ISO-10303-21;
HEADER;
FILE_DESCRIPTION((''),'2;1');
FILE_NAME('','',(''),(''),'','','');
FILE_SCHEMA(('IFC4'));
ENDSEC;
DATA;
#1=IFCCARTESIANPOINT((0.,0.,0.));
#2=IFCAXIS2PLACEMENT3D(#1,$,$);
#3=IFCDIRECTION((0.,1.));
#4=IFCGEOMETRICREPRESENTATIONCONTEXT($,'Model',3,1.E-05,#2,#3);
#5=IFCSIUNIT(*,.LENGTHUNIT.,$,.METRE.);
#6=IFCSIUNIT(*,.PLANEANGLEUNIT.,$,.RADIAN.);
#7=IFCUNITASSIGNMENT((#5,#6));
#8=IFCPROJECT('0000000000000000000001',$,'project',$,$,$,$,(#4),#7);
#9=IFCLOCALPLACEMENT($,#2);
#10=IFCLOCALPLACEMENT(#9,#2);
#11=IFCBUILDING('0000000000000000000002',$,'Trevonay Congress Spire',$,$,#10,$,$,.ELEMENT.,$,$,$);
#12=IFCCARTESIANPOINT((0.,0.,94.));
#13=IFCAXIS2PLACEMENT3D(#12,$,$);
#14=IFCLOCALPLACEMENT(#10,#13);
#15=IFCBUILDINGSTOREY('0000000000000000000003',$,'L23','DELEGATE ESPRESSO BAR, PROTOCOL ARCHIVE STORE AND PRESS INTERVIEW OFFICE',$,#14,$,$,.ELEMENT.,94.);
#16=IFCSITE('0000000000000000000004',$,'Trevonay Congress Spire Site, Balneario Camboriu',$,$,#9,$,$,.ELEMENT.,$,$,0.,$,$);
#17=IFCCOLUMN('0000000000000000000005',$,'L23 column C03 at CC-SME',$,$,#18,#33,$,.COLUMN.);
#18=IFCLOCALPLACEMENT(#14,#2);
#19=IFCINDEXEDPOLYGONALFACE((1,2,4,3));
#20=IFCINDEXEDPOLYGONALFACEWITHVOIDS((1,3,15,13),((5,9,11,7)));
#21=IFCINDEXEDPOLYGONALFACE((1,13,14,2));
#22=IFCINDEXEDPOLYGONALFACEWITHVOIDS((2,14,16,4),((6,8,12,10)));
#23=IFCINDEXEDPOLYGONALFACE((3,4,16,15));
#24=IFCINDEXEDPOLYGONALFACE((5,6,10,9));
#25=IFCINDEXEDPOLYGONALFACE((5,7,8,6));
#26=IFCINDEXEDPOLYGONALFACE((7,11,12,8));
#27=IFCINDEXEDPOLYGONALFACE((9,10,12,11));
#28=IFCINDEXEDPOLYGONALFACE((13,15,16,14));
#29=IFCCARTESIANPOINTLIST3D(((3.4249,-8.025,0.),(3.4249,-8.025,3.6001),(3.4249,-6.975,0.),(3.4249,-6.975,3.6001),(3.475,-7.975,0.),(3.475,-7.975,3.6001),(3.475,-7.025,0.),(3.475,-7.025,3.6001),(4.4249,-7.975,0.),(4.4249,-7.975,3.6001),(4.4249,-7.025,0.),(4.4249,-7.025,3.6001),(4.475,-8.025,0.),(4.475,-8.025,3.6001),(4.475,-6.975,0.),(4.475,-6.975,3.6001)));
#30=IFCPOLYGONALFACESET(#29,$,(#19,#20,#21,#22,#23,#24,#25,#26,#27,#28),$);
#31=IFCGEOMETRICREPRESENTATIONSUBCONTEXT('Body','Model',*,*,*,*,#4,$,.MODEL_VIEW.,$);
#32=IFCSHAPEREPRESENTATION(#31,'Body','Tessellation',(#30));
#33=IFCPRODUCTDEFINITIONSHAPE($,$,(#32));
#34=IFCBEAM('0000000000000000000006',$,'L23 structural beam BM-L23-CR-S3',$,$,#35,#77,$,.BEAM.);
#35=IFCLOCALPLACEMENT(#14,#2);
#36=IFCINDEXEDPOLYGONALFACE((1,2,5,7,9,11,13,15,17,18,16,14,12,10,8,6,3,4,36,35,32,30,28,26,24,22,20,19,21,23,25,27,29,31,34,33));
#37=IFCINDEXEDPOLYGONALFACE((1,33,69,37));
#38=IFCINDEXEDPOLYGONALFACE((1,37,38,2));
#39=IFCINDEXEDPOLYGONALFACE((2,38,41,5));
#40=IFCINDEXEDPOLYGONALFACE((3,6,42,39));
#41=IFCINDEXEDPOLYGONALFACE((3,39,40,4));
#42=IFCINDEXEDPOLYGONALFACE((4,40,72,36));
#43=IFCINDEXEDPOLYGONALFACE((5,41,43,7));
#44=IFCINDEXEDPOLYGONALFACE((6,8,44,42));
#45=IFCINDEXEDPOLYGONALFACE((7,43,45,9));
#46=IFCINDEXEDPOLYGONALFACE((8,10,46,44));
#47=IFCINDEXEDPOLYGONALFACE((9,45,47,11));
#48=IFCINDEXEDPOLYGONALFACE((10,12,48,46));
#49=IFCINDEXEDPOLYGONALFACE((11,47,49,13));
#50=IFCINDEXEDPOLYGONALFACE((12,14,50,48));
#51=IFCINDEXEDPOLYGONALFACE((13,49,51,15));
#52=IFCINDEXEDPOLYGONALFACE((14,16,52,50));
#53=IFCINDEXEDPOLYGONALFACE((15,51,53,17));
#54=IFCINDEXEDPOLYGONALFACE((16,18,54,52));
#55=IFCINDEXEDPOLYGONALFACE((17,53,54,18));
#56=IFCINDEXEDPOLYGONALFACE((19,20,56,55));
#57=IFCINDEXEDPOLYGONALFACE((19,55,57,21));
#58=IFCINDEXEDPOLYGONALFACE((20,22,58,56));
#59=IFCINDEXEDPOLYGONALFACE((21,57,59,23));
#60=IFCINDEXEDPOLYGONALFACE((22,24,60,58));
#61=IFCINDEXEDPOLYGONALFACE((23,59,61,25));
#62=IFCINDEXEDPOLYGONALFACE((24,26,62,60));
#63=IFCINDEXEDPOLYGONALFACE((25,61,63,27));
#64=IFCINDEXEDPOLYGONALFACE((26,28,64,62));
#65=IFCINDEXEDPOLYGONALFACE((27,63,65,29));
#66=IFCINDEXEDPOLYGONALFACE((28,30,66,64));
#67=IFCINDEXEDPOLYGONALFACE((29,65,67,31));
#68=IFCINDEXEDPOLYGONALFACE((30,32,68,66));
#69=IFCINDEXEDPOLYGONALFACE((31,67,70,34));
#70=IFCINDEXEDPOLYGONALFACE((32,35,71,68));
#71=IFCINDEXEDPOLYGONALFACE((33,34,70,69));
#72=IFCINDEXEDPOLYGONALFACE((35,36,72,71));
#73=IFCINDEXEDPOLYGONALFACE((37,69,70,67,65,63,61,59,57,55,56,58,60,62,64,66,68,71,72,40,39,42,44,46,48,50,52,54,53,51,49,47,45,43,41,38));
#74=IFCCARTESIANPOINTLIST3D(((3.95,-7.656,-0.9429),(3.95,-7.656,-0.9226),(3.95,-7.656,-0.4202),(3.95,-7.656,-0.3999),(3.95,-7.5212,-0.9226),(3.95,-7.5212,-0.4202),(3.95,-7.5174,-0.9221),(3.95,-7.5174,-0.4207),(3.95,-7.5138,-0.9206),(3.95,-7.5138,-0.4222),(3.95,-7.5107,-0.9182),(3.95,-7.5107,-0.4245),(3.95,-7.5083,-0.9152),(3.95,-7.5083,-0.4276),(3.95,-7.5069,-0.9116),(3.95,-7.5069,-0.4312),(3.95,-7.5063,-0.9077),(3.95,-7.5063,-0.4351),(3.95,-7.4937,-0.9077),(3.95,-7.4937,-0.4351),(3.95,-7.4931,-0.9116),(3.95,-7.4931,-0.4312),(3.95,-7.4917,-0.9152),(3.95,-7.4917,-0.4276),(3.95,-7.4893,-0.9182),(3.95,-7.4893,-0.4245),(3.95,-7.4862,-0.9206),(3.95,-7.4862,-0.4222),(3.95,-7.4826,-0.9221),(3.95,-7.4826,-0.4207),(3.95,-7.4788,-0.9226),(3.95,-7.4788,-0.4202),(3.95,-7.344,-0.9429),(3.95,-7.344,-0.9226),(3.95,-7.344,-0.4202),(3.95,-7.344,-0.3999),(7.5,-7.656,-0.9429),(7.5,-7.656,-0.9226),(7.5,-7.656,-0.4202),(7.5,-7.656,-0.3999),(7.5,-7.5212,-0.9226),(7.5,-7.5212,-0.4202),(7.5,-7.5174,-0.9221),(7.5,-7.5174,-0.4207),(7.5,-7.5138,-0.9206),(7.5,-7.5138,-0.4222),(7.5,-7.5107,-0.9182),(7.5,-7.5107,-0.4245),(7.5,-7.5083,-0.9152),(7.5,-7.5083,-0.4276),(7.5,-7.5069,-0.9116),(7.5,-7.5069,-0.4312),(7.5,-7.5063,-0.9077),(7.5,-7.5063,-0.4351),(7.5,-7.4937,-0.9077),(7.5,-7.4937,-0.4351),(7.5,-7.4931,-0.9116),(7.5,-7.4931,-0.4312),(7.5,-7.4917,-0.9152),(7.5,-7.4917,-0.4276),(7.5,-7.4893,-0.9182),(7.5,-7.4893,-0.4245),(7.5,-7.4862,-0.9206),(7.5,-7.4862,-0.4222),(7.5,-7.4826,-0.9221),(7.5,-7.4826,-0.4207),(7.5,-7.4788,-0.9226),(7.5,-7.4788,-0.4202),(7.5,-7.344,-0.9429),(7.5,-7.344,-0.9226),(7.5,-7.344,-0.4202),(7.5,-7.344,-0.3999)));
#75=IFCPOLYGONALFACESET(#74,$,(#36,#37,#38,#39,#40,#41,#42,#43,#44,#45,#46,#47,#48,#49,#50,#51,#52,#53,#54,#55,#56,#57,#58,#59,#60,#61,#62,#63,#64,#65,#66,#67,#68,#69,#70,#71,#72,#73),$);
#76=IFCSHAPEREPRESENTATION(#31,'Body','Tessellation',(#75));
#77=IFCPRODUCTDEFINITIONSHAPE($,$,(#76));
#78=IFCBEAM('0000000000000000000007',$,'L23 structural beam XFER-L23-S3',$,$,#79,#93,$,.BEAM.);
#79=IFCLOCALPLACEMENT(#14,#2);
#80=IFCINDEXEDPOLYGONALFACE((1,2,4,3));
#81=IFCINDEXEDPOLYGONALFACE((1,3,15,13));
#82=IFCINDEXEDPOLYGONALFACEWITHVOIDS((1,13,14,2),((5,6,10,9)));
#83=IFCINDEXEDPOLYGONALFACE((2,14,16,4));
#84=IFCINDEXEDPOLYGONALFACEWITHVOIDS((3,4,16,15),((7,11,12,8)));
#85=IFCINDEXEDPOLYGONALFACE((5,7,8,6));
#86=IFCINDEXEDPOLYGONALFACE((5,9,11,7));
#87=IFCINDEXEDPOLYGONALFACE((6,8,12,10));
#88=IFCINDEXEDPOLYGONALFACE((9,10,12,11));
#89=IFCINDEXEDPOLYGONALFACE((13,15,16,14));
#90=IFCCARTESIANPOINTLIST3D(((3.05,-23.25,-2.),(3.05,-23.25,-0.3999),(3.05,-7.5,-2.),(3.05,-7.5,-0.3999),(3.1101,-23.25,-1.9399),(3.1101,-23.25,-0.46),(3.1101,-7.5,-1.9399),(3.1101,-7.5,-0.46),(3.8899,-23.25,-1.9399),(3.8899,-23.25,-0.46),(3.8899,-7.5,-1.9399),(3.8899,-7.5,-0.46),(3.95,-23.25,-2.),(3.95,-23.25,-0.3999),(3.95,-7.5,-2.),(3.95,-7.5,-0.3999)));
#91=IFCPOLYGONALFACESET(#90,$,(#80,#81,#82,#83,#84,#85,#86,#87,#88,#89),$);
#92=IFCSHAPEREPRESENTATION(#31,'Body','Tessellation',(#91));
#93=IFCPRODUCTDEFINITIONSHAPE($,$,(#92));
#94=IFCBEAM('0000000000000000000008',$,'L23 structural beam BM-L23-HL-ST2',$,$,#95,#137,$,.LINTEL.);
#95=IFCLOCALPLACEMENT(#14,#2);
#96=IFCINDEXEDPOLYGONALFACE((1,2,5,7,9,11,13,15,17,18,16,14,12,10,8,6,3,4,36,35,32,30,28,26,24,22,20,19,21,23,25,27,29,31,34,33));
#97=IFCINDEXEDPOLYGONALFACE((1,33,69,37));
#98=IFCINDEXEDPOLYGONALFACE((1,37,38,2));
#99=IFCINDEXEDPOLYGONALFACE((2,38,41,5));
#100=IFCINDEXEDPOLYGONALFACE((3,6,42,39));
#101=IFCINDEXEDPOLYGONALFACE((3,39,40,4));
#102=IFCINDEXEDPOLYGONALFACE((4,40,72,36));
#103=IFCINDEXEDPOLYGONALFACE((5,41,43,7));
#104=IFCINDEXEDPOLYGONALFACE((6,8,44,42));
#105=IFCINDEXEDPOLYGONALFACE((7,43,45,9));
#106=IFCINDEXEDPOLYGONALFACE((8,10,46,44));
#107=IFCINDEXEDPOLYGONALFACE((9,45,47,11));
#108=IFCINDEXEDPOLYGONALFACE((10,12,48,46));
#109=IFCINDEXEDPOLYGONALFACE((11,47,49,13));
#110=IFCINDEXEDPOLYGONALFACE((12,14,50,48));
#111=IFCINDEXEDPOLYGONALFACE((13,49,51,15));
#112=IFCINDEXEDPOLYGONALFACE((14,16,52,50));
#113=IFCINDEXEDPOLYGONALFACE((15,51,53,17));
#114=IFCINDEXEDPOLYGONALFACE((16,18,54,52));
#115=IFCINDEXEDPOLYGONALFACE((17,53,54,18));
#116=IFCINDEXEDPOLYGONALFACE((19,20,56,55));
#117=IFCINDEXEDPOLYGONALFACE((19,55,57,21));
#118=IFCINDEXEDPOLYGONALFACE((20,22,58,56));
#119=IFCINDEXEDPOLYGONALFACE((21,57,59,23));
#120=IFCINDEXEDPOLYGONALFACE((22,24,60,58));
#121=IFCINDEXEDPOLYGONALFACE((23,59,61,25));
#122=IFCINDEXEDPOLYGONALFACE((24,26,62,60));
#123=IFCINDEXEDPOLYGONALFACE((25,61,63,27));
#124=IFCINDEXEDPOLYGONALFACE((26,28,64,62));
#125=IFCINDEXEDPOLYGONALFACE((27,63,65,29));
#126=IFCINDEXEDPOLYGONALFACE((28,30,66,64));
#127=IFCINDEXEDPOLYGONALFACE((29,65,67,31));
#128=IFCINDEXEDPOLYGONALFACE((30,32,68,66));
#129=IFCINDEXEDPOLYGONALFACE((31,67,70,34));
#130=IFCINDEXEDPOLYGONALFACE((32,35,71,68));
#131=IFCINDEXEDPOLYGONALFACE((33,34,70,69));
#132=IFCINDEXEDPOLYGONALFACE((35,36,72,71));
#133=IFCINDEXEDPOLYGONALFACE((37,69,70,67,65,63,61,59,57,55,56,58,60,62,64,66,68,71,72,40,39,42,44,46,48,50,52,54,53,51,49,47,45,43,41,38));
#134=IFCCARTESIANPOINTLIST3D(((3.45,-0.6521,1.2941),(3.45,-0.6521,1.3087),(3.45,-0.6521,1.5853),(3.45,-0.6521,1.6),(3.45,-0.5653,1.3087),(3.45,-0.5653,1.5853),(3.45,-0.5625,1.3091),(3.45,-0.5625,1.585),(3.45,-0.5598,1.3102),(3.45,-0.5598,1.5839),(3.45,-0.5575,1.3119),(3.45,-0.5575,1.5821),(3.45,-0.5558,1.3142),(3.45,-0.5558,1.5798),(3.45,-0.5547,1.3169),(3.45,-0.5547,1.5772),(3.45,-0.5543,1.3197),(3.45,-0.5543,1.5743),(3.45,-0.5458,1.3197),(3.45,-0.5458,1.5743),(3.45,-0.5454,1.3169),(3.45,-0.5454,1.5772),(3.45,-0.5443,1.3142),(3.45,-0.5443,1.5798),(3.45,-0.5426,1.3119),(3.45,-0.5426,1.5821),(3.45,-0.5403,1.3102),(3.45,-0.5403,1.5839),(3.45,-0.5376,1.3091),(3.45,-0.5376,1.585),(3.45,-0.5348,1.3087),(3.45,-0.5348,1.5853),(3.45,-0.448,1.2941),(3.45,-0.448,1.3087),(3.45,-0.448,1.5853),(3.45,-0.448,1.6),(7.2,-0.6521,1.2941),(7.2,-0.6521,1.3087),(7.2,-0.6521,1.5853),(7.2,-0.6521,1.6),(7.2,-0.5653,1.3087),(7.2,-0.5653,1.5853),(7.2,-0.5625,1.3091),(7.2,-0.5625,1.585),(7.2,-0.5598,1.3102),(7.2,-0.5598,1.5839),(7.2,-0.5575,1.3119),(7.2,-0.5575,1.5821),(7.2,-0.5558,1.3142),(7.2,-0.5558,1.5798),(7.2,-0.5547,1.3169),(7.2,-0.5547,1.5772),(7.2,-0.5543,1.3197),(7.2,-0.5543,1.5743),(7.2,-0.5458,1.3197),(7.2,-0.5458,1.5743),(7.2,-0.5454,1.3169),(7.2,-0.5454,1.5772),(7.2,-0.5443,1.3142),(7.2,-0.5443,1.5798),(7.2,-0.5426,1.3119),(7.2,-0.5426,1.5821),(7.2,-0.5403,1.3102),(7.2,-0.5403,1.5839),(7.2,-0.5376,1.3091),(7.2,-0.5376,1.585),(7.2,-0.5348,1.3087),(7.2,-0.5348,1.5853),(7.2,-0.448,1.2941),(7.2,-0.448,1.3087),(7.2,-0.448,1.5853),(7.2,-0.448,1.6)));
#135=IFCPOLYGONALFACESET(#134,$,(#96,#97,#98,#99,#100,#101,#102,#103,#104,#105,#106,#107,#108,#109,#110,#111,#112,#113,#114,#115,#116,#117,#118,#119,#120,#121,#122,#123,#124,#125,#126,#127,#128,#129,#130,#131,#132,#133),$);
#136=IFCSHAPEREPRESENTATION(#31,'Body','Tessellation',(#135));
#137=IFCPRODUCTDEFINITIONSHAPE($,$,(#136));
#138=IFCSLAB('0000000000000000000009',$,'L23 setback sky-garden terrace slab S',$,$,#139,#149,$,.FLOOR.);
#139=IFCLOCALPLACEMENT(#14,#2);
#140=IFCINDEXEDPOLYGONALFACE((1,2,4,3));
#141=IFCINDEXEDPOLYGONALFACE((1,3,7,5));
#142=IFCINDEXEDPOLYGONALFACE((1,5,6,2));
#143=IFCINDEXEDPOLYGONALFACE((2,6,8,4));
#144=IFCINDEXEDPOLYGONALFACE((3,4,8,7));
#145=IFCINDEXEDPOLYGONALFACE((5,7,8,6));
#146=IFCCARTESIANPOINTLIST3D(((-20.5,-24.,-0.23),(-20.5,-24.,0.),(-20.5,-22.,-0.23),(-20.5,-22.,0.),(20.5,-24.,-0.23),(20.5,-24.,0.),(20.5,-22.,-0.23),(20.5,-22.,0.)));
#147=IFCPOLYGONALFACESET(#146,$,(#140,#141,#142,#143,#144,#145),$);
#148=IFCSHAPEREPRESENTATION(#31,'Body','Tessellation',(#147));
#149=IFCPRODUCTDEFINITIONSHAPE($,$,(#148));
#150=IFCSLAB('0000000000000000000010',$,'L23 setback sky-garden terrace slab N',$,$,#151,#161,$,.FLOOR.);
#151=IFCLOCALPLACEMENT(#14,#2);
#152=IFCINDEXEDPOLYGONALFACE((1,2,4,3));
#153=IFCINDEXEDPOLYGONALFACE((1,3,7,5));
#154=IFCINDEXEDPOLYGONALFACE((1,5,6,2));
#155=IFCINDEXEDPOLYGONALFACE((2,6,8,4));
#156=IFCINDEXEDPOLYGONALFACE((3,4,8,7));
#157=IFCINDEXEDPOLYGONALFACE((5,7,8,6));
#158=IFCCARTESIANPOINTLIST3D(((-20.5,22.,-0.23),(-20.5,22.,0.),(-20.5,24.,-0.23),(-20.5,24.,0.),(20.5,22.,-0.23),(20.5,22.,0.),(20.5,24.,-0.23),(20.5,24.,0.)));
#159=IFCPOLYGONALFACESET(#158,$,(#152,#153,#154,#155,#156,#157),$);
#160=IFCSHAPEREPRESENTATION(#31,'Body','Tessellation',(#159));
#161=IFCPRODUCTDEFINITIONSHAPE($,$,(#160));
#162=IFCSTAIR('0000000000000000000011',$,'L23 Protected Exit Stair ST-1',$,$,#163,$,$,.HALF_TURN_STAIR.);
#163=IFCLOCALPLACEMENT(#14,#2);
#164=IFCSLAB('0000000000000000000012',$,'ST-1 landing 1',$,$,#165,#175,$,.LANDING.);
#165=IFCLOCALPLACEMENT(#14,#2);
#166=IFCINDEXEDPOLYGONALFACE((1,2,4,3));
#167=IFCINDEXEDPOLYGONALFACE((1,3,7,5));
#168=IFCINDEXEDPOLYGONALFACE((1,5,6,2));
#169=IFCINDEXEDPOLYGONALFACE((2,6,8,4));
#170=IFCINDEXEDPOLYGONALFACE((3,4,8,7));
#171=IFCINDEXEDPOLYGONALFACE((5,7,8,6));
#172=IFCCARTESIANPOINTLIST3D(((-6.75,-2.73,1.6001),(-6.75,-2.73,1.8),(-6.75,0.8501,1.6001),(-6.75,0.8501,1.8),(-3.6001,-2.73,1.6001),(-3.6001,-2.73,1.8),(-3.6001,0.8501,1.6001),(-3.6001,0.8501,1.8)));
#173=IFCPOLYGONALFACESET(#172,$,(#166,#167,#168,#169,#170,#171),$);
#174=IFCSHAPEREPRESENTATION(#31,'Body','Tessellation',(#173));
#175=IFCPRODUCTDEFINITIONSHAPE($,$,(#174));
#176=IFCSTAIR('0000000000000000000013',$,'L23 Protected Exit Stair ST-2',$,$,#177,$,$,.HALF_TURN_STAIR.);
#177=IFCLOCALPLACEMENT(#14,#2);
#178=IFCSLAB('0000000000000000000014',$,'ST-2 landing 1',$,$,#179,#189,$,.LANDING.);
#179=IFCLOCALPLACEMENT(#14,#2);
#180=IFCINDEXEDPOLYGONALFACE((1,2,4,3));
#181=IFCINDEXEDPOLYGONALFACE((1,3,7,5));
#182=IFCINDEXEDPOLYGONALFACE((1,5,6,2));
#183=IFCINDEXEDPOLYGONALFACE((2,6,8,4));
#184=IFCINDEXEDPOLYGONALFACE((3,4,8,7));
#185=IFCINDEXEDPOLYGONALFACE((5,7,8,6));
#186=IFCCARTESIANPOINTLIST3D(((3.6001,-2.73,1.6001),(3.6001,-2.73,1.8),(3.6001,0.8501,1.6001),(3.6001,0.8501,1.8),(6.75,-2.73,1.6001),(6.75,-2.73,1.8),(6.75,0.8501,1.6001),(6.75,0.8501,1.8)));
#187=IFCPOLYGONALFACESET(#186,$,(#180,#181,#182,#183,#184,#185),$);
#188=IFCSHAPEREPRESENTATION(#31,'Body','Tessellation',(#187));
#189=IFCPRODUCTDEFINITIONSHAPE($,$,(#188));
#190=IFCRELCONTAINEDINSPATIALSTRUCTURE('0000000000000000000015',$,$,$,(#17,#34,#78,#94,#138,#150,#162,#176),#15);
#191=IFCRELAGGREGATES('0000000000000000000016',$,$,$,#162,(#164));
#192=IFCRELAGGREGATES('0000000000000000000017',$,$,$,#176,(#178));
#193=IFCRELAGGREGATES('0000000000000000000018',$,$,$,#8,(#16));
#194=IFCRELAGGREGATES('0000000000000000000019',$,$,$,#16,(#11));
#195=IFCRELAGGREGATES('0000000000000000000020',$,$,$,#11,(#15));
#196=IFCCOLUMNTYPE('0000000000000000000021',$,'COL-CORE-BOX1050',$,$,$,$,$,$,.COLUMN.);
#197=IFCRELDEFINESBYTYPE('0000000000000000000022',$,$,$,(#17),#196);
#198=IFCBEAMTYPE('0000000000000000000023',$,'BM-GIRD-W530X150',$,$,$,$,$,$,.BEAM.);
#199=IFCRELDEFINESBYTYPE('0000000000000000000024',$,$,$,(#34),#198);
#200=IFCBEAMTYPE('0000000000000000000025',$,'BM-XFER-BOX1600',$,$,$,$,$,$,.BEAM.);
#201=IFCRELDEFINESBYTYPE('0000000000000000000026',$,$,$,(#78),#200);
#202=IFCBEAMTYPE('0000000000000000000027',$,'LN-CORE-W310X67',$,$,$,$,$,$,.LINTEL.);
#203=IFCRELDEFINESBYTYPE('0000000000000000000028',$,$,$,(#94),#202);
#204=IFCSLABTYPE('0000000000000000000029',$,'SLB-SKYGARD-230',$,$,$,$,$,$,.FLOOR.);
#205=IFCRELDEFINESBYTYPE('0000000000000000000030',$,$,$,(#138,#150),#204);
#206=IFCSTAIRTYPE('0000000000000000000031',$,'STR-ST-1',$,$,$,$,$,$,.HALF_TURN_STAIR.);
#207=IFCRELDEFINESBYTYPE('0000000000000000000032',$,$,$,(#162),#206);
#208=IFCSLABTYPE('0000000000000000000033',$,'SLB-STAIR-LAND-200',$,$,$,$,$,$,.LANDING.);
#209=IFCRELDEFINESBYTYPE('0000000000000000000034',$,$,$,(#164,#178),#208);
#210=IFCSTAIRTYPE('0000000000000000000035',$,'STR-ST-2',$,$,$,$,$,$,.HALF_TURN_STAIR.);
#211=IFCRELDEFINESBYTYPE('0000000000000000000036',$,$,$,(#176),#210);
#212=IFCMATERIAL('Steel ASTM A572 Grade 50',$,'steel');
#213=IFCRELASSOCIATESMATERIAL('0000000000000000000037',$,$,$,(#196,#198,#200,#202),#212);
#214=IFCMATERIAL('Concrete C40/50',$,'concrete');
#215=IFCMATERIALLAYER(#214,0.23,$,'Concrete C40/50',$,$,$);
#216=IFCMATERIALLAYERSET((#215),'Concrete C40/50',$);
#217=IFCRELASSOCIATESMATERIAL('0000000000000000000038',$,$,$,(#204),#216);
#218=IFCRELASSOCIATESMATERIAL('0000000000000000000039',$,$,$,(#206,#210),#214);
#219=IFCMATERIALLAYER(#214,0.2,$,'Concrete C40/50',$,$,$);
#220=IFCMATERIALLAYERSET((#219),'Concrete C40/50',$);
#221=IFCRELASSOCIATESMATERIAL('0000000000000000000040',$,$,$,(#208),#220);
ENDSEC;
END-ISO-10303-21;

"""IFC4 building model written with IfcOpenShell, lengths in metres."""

from ifc_helpers import new_model, si_unit, direction, frame, origin, origin_2d, place, context, subcontext, project, spatial, polyline, hollow_rectangle, i_section, outline, extrude, material, layer, layer_set, material_profile, profile_set, type_object, element, aggregate, save


model = new_model("IFC4")

# Units and contexts
model_context = context("Model", 3, precision=1e-05, world=origin(), true_north=direction((0.0, 1.0)))
body_context = subcontext(model_context, "Body", "Model", "MODEL_VIEW")
ifc_project = project(units=[si_unit("LENGTHUNIT", "METRE"), si_unit("PLANEANGLEUNIT", "RADIAN")], contexts=[model_context])

# Site, building, storey
site_placement = place(None, origin())
site = spatial("IfcSite", under=ifc_project, at=site_placement, Name="Trevonay Congress Spire Site, Balneario Camboriu", CompositionType="ELEMENT", RefElevation=0.0)
building_placement = place(site_placement, origin())
building = spatial("IfcBuilding", under=site, at=building_placement, Name="Trevonay Congress Spire", CompositionType="ELEMENT")
storey_placement = place(building_placement, frame((0.0, 0.0, 94.0)))
storey = spatial("IfcBuildingStorey", under=building, at=storey_placement, Name="L23", Description="DELEGATE ESPRESSO BAR, PROTOCOL ARCHIVE STORE AND PRESS INTERVIEW OFFICE", CompositionType="ELEMENT", Elevation=94.0)

# Column
ifc_material_1 = material(Name="Steel ASTM A572 Grade 50", Category="steel")
ifc_material_profile_1 = material_profile(ifc_material_1, hollow_rectangle(XDim=1.05, YDim=1.05, WallThickness=0.05, at=origin_2d()), Name="BOX 1050x1050x50")
ifc_profile_set_1 = profile_set([ifc_material_profile_1], Name="Steel ASTM A572 Grade 50")
column_type = type_object("IfcColumnType", Name="COL-CORE-BOX1050", PredefinedType="COLUMN", material=ifc_profile_set_1)
column_placement = place(storey_placement, frame((3.95, -7.5, 0.0), z_axis=(0.0, 0.0, 1.0), x_axis=(1.0, 0.0, 0.0)))
element("IfcColumn", 1, at=column_placement, inside=storey, type_object=column_type, Name="L23 column C03 at CC-SME", PredefinedType="COLUMN", context=body_context, shape_type="SweptSolid", body=[
    extrude(hollow_rectangle(XDim=1.05, YDim=1.05, WallThickness=0.05, at=origin_2d()), origin(), (0.0, 0.0, 1.0), 3.6001),
])

# Beams
ifc_material_profile_2 = material_profile(ifc_material_1, i_section(OverallWidth=0.312, OverallDepth=0.543, WebThickness=0.0127, FlangeThickness=0.0203, FilletRadius=0.0149, at=origin_2d()), Name="W530x150")
ifc_profile_set_2 = profile_set([ifc_material_profile_2], Name="Steel ASTM A572 Grade 50")
beam_type_1 = type_object("IfcBeamType", Name="BM-GIRD-W530X150", PredefinedType="BEAM", material=ifc_profile_set_2)
beam_1_placement = place(storey_placement, frame((3.95, -7.5, -0.6714), z_axis=(1.0, 0.0, 0.0), x_axis=(0.0, 1.0, 0.0)))
element("IfcBeam", 2, at=beam_1_placement, inside=storey, type_object=beam_type_1, Name="L23 structural beam BM-L23-CR-S3", PredefinedType="BEAM", context=body_context, shape_type="SweptSolid", body=[
    extrude(i_section(OverallWidth=0.312, OverallDepth=0.543, WebThickness=0.0127, FlangeThickness=0.0203, FilletRadius=0.0149, at=origin_2d()), origin(), (0.0, 0.0, 1.0), 3.55),
])
ifc_material_profile_3 = material_profile(ifc_material_1, hollow_rectangle(XDim=0.8999, YDim=1.6001, WallThickness=0.0601, at=origin_2d()), Name="BOX 1600x900x60")
ifc_profile_set_3 = profile_set([ifc_material_profile_3], Name="Steel ASTM A572 Grade 50")
beam_type_2 = type_object("IfcBeamType", Name="BM-XFER-BOX1600", PredefinedType="BEAM", material=ifc_profile_set_3)
beam_2_placement = place(storey_placement, frame((3.5, -7.5, -1.2), z_axis=(0.0, -1.0, 0.0), x_axis=(1.0, 0.0, 0.0)))
element("IfcBeam", 3, at=beam_2_placement, inside=storey, type_object=beam_type_2, Name="L23 structural beam XFER-L23-S3", PredefinedType="BEAM", context=body_context, shape_type="SweptSolid", body=[
    extrude(hollow_rectangle(XDim=0.8999, YDim=1.6001, WallThickness=0.0601, at=origin_2d()), origin(), (0.0, 0.0, 1.0), 15.75),
])
ifc_material_profile_4 = material_profile(ifc_material_1, i_section(OverallWidth=0.2041, OverallDepth=0.3059, WebThickness=0.0085, FlangeThickness=0.0146, FilletRadius=0.011, at=origin_2d()), Name="W310x67")
ifc_profile_set_4 = profile_set([ifc_material_profile_4], Name="Steel ASTM A572 Grade 50")
beam_type_3 = type_object("IfcBeamType", Name="LN-CORE-W310X67", PredefinedType="LINTEL", material=ifc_profile_set_4)
beam_3_placement = place(storey_placement, frame((3.45, -0.55, 1.447), z_axis=(1.0, 0.0, 0.0), x_axis=(0.0, 1.0, 0.0)))
element("IfcBeam", 4, at=beam_3_placement, inside=storey, type_object=beam_type_3, Name="L23 structural beam BM-L23-HL-ST2", PredefinedType="LINTEL", context=body_context, shape_type="SweptSolid", body=[
    extrude(i_section(OverallWidth=0.2041, OverallDepth=0.3059, WebThickness=0.0085, FlangeThickness=0.0146, FilletRadius=0.011, at=origin_2d()), origin(), (0.0, 0.0, 1.0), 3.75),
])

# Slabs
ifc_material_2 = material(Name="Concrete C40/50", Category="concrete")
ifc_layer_1 = layer(ifc_material_2, 0.23, Name="Concrete C40/50")
ifc_layer_set_1 = layer_set([ifc_layer_1], Name="Concrete C40/50")
slab_type_1 = type_object("IfcSlabType", Name="SLB-SKYGARD-230", PredefinedType="FLOOR", material=ifc_layer_set_1)
slab_1_placement = place(storey_placement, frame((0.0, 0.0, -0.23)))
element("IfcSlab", 5, at=slab_1_placement, inside=storey, type_object=slab_type_1, Name="L23 setback sky-garden terrace slab S", PredefinedType="FLOOR", context=body_context, shape_type="SweptSolid", body=[
    extrude(outline(polyline([(-20.5, -24.0), (20.5, -24.0), (20.5, -22.0), (-20.5, -22.0), (-20.5, -24.0)])), origin(), (0.0, 0.0, 1.0), 0.23),
])
slab_2_placement = place(storey_placement, frame((0.0, 0.0, -0.23)))
element("IfcSlab", 6, at=slab_2_placement, inside=storey, type_object=slab_type_1, Name="L23 setback sky-garden terrace slab N", PredefinedType="FLOOR", context=body_context, shape_type="SweptSolid", body=[
    extrude(outline(polyline([(-20.5, 22.0), (20.5, 22.0), (20.5, 24.0), (-20.5, 24.0), (-20.5, 22.0)])), origin(), (0.0, 0.0, 1.0), 0.23),
])

# Stairs, slabs
stair_type_1 = type_object("IfcStairType", Name="STR-ST-1", PredefinedType="HALF_TURN_STAIR", material=ifc_material_2)
stair_1_placement = place(storey_placement, origin())
stair_1 = element("IfcStair", 7, at=stair_1_placement, inside=storey, type_object=stair_type_1, Name="L23 Protected Exit Stair ST-1", PredefinedType="HALF_TURN_STAIR")
ifc_layer_2 = layer(ifc_material_2, 0.2, Name="Concrete C40/50")
ifc_layer_set_2 = layer_set([ifc_layer_2], Name="Concrete C40/50")
slab_type_2 = type_object("IfcSlabType", Name="SLB-STAIR-LAND-200", PredefinedType="LANDING", material=ifc_layer_set_2)
slab_3_placement = place(storey_placement, frame((0.0, 0.0, 1.6001)))
slab_3 = element("IfcSlab", 8, at=slab_3_placement, type_object=slab_type_2, Name="ST-1 landing 1", PredefinedType="LANDING", context=body_context, shape_type="SweptSolid", body=[
    extrude(outline(polyline([(-3.6001, -2.73), (-3.6001, 0.8501), (-6.75, 0.8501), (-6.75, -2.73), (-3.6001, -2.73)])), origin(), (0.0, 0.0, 1.0), 0.2),
])
aggregate(stair_1, [slab_3])
stair_type_2 = type_object("IfcStairType", Name="STR-ST-2", PredefinedType="HALF_TURN_STAIR", material=ifc_material_2)
stair_2_placement = place(storey_placement, origin())
stair_2 = element("IfcStair", 9, at=stair_2_placement, inside=storey, type_object=stair_type_2, Name="L23 Protected Exit Stair ST-2", PredefinedType="HALF_TURN_STAIR")
slab_4_placement = place(storey_placement, frame((0.0, 0.0, 1.6001)))
slab_4 = element("IfcSlab", 10, at=slab_4_placement, type_object=slab_type_2, Name="ST-2 landing 1", PredefinedType="LANDING", context=body_context, shape_type="SweptSolid", body=[
    extrude(outline(polyline([(6.75, -2.73), (6.75, 0.8501), (3.6001, 0.8501), (3.6001, -2.73), (6.75, -2.73)])), origin(), (0.0, 0.0, 1.0), 0.2),
])

aggregate(stair_2, [slab_4])

save(model, "model.ifc")
